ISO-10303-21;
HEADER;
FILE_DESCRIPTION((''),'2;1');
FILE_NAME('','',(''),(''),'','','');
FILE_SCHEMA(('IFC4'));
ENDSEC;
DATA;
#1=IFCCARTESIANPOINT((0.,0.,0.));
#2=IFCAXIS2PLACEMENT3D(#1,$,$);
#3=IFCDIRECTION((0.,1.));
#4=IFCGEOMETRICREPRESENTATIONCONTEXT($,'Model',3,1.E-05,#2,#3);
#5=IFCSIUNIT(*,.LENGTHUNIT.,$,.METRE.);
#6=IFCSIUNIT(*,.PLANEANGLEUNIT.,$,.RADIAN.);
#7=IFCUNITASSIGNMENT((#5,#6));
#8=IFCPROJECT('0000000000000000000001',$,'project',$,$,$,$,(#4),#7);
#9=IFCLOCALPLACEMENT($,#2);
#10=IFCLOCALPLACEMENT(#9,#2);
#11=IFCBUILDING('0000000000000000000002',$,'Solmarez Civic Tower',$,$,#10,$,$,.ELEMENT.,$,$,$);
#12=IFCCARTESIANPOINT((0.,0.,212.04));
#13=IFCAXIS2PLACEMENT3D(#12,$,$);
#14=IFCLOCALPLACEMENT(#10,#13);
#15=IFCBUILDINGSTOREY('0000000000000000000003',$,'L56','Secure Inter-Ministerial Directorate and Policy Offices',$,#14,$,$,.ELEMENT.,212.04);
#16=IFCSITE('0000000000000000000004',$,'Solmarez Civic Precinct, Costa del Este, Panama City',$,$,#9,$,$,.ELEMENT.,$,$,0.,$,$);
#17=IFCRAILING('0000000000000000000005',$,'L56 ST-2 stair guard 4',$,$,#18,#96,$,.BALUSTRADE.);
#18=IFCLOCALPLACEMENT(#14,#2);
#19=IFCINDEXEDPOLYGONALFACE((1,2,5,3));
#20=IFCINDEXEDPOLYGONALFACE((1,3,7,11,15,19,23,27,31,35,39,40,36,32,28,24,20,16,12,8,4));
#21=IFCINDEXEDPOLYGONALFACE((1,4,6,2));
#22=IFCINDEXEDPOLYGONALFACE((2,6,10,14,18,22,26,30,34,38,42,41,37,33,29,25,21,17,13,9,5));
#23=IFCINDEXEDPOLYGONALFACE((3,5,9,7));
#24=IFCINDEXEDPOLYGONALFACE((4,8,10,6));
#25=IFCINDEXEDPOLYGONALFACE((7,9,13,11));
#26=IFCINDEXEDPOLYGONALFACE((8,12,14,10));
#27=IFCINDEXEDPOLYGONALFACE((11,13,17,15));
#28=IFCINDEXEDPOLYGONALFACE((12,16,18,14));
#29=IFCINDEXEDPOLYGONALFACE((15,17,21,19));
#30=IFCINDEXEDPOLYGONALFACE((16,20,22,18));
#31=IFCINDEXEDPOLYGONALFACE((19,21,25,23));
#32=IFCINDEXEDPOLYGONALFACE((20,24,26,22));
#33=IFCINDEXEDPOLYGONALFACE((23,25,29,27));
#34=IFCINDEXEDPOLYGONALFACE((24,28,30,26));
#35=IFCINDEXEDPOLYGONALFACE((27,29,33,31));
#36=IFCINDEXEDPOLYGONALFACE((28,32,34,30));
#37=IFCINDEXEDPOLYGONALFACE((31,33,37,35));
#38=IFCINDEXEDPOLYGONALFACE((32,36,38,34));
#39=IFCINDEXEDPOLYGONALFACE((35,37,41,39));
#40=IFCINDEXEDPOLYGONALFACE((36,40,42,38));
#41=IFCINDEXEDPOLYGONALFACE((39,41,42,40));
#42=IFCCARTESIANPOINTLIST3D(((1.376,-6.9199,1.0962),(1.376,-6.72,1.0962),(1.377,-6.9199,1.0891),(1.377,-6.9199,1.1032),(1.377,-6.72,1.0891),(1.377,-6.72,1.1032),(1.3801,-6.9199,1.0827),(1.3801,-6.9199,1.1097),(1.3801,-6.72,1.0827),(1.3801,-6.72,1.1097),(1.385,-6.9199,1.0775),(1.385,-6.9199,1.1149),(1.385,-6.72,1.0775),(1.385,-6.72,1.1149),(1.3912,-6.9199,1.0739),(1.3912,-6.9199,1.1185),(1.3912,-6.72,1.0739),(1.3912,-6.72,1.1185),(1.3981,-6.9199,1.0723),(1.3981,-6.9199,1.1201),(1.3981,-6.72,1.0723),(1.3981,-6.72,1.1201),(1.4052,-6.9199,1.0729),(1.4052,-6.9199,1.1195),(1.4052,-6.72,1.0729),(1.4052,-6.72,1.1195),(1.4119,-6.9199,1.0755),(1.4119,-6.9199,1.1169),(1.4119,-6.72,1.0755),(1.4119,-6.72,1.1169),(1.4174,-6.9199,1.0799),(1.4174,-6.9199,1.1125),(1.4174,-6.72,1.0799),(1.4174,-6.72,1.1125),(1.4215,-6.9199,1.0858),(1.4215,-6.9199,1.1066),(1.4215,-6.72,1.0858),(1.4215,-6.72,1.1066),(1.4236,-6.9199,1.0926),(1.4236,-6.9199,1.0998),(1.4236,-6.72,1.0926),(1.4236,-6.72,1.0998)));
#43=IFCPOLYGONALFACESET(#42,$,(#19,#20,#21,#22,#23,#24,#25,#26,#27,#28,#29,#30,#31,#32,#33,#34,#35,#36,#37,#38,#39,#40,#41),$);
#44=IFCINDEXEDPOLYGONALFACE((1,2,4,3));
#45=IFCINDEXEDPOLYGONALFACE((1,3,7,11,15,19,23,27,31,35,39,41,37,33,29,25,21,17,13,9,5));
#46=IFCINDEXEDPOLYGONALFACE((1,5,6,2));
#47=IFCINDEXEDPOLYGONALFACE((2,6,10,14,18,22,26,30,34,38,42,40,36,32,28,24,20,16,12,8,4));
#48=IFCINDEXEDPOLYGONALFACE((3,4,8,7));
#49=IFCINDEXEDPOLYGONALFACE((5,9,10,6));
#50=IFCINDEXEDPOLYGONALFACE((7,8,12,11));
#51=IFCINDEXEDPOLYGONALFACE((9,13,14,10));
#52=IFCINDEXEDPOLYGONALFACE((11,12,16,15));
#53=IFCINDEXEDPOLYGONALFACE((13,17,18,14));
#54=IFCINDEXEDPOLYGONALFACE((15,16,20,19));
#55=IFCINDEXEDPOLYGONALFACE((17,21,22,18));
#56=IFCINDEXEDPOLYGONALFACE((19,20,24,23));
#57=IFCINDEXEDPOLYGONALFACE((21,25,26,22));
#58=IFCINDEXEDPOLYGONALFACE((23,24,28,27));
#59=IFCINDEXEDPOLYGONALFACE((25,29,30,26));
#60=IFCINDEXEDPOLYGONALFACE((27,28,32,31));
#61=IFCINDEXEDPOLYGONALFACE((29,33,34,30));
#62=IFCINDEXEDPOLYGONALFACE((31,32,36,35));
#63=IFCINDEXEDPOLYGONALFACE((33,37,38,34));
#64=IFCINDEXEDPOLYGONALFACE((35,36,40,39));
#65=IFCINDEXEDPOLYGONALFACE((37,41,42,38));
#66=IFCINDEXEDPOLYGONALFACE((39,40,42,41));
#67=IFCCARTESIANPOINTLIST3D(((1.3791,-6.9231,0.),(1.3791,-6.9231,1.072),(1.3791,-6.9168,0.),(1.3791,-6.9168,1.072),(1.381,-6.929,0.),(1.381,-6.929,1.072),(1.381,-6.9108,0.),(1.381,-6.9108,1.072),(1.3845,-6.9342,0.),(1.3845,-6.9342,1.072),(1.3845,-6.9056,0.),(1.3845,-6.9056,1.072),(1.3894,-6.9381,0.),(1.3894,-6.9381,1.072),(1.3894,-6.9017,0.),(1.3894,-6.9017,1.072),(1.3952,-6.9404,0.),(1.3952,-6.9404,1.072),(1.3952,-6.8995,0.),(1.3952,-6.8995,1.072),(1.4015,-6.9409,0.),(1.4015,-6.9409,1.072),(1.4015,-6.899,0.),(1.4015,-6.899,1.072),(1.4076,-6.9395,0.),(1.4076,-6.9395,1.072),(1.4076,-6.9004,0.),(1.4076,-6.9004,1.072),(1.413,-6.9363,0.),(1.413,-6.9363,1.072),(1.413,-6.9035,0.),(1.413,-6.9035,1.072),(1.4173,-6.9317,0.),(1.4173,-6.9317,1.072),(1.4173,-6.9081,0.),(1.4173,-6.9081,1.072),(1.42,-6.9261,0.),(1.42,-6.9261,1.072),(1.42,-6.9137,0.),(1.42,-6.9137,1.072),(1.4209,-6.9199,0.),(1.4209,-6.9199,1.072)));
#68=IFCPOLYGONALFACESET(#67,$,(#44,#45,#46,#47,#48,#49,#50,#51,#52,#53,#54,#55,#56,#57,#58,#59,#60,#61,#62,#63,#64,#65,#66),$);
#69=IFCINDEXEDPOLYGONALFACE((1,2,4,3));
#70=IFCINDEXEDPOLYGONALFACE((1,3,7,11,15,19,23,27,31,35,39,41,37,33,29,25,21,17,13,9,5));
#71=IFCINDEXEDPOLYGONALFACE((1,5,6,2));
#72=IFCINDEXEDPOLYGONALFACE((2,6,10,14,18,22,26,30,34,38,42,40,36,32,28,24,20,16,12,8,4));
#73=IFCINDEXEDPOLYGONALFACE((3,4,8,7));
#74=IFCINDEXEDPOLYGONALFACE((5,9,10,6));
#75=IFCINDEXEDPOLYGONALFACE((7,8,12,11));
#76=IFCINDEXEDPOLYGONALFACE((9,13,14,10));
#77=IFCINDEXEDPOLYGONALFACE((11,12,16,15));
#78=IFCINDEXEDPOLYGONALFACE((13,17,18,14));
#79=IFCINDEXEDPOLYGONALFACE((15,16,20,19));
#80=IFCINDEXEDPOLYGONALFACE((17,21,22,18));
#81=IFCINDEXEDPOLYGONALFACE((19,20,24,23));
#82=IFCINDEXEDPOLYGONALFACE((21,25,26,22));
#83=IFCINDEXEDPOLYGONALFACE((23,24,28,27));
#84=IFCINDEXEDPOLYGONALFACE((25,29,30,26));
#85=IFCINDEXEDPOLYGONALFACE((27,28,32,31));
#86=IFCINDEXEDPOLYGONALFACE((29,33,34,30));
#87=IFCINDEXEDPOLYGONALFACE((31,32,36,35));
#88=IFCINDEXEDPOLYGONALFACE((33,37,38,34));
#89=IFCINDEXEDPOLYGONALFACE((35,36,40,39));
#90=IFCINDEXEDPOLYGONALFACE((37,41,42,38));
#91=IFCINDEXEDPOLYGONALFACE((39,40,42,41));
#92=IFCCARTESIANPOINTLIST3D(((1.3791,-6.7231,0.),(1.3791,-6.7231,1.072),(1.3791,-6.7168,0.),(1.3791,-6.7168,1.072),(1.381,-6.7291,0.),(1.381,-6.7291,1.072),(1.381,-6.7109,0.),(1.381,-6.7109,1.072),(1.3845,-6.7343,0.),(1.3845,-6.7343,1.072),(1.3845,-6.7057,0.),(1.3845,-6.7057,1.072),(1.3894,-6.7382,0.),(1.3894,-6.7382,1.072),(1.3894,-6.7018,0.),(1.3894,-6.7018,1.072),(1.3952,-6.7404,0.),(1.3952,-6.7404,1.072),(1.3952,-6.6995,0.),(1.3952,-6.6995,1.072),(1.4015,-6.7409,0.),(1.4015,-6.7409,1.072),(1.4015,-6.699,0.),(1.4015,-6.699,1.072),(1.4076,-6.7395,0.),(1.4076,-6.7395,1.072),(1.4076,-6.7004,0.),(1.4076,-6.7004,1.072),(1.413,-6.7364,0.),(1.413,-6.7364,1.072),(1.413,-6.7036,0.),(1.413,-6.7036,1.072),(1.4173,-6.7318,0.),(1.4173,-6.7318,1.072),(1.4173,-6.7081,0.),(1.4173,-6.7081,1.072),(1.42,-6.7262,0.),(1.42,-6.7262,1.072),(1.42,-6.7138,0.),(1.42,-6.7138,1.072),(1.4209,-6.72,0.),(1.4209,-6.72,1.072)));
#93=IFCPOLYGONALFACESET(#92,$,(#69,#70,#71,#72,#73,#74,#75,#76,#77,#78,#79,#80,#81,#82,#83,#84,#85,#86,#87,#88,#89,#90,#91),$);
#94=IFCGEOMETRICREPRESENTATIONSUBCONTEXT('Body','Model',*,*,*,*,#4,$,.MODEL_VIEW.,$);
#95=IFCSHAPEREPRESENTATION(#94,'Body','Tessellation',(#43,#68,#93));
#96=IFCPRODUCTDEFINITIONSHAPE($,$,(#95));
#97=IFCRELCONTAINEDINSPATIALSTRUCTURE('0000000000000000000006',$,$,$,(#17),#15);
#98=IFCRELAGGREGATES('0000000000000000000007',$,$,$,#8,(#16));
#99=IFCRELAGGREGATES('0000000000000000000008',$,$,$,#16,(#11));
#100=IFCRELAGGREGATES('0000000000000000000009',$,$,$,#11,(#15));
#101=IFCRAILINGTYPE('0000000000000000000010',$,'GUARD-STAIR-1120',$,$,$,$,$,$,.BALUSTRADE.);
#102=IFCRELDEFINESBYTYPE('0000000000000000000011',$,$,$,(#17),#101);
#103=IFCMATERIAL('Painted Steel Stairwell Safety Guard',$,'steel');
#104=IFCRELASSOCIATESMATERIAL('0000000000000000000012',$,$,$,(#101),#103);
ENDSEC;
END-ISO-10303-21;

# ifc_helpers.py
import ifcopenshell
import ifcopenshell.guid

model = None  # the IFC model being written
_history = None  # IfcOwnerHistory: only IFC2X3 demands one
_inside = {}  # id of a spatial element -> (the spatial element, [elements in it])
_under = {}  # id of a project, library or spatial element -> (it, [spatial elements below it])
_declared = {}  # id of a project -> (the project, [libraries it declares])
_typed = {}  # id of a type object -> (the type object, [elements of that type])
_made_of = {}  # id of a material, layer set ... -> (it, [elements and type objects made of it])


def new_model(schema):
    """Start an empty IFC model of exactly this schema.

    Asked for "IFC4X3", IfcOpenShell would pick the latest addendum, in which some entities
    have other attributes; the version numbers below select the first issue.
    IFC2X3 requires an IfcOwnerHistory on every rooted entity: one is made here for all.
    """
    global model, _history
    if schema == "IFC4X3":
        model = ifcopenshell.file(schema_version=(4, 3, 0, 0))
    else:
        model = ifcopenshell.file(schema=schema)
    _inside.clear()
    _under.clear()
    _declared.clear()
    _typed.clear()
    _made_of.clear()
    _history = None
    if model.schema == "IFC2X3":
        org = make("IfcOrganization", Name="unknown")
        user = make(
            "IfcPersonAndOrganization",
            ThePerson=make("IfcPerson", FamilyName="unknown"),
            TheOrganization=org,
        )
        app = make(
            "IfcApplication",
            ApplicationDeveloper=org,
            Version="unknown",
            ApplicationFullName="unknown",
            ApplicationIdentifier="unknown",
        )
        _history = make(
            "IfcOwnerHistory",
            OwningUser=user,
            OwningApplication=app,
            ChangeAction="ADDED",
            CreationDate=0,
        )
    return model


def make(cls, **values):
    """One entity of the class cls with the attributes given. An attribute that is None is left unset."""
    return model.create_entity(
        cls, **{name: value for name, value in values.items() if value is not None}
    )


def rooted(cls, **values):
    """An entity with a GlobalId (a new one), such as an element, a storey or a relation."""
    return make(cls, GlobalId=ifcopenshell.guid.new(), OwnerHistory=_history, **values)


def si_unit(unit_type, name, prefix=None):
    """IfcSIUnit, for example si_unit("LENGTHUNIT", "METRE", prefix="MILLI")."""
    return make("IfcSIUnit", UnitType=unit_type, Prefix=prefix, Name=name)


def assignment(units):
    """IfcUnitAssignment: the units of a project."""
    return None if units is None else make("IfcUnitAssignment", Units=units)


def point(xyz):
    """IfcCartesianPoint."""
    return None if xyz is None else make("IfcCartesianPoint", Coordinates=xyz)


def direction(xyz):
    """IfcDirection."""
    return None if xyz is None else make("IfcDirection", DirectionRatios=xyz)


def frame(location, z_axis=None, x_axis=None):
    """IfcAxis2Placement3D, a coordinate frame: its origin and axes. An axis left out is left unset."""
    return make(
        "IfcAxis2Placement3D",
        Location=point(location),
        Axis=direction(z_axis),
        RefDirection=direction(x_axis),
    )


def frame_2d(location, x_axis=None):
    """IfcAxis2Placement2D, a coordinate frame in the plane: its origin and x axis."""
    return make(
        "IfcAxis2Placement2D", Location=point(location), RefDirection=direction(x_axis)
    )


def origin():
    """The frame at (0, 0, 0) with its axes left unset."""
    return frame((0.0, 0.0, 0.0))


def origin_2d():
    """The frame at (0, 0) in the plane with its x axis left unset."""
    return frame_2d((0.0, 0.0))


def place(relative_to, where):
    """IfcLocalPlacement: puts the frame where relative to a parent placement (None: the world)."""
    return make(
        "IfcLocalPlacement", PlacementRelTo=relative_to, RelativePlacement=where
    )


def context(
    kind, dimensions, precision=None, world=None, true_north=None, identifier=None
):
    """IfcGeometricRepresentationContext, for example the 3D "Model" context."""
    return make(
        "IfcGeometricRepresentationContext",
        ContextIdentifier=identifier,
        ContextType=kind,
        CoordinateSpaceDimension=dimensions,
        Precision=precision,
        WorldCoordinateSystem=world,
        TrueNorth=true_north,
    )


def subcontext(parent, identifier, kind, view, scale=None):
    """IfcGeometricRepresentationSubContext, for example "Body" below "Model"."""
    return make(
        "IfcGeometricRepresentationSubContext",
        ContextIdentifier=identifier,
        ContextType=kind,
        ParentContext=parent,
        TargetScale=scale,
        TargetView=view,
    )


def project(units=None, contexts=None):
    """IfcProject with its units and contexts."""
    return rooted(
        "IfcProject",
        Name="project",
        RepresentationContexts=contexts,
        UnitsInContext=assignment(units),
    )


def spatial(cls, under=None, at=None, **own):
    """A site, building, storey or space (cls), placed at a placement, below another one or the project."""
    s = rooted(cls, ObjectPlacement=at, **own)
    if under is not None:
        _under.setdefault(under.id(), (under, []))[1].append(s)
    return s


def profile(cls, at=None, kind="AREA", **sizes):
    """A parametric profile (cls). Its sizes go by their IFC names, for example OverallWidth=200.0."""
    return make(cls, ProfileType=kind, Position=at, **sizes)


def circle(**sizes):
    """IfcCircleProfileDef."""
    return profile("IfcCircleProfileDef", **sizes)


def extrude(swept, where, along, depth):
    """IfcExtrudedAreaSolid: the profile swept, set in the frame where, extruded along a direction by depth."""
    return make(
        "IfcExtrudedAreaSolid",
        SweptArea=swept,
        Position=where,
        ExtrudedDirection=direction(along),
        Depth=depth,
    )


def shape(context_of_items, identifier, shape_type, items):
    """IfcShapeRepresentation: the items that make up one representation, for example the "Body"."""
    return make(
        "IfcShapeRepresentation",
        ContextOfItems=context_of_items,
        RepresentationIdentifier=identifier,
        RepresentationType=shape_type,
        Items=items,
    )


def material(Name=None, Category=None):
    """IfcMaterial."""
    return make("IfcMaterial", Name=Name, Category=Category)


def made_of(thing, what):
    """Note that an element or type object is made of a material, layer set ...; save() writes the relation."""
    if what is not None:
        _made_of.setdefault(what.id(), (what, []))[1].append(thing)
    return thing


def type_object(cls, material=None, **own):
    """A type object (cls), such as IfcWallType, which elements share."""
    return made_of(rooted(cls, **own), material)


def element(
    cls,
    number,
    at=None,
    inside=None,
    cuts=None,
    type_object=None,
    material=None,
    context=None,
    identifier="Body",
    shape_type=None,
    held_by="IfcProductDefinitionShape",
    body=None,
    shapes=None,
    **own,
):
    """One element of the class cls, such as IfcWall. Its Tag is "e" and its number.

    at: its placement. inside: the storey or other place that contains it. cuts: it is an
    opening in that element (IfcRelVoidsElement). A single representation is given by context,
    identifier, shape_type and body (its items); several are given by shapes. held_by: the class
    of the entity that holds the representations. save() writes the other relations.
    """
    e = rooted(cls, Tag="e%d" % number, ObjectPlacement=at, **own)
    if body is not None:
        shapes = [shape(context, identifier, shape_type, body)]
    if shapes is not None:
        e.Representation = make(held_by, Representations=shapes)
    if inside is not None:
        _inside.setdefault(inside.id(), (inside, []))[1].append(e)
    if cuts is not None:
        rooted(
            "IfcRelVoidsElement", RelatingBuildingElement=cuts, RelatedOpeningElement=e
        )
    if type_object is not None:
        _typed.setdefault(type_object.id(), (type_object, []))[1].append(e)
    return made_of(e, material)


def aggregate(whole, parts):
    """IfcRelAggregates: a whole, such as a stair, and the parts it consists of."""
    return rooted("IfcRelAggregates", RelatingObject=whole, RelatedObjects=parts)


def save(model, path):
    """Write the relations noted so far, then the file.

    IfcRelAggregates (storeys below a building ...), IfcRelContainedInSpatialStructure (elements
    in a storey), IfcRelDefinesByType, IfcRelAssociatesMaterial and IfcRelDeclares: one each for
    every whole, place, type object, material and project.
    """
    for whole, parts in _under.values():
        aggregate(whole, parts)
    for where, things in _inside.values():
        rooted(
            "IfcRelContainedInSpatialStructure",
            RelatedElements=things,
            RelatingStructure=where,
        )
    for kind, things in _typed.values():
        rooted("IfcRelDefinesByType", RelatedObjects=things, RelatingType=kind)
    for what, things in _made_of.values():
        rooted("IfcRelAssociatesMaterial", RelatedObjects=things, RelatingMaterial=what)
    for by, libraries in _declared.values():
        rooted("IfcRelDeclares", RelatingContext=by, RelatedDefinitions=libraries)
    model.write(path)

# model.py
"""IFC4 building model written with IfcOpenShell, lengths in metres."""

from ifc_helpers import new_model, si_unit, direction, frame, origin, origin_2d, place, context, subcontext, project, spatial, circle, extrude, material, type_object, element, save


model = new_model("IFC4")

# Units and contexts
model_context = context("Model", 3, precision=1e-05, world=origin(), true_north=direction((0.0, 1.0)))
body_context = subcontext(model_context, "Body", "Model", "MODEL_VIEW")
ifc_project = project(units=[si_unit("LENGTHUNIT", "METRE"), si_unit("PLANEANGLEUNIT", "RADIAN")], contexts=[model_context])

# Site, building, storey
site_placement = place(None, origin())
site = spatial("IfcSite", under=ifc_project, at=site_placement, Name="Solmarez Civic Precinct, Costa del Este, Panama City", CompositionType="ELEMENT", RefElevation=0.0)
building_placement = place(site_placement, origin())
building = spatial("IfcBuilding", under=site, at=building_placement, Name="Solmarez Civic Tower", CompositionType="ELEMENT")
storey_placement = place(building_placement, frame((0.0, 0.0, 212.04)))
storey = spatial("IfcBuildingStorey", under=building, at=storey_placement, Name="L56", Description="Secure Inter-Ministerial Directorate and Policy Offices", CompositionType="ELEMENT", Elevation=212.04)

# Railing
ifc_material_1 = material(Name="Painted Steel Stairwell Safety Guard", Category="steel")
railing_type_1 = type_object("IfcRailingType", Name="GUARD-STAIR-1120", PredefinedType="BALUSTRADE", material=ifc_material_1)
railing_1_placement = place(storey_placement, frame((1.3999, -6.9199, 0.0)))
element("IfcRailing", 1, at=railing_1_placement, inside=storey, type_object=railing_type_1, Name="L56 ST-2 stair guard 4", PredefinedType="BALUSTRADE", context=body_context, shape_type="SweptSolid", body=[
    extrude(circle(Radius=0.0239, at=origin_2d()), frame((0.0, 0.0, 1.0962), z_axis=(0.0, 1.0, 0.0), x_axis=(-1.0, 0.0, 0.0)), (0.0, 0.0, 1.0), 0.2),
    extrude(circle(Radius=0.021, at=origin_2d()), origin(), (0.0, 0.0, 1.0), 1.072),
    extrude(circle(Radius=0.021, at=origin_2d()), frame((0.0, 0.2, 0.0)), (0.0, 0.0, 1.0), 1.072),
])

save(model, "model.ifc")
